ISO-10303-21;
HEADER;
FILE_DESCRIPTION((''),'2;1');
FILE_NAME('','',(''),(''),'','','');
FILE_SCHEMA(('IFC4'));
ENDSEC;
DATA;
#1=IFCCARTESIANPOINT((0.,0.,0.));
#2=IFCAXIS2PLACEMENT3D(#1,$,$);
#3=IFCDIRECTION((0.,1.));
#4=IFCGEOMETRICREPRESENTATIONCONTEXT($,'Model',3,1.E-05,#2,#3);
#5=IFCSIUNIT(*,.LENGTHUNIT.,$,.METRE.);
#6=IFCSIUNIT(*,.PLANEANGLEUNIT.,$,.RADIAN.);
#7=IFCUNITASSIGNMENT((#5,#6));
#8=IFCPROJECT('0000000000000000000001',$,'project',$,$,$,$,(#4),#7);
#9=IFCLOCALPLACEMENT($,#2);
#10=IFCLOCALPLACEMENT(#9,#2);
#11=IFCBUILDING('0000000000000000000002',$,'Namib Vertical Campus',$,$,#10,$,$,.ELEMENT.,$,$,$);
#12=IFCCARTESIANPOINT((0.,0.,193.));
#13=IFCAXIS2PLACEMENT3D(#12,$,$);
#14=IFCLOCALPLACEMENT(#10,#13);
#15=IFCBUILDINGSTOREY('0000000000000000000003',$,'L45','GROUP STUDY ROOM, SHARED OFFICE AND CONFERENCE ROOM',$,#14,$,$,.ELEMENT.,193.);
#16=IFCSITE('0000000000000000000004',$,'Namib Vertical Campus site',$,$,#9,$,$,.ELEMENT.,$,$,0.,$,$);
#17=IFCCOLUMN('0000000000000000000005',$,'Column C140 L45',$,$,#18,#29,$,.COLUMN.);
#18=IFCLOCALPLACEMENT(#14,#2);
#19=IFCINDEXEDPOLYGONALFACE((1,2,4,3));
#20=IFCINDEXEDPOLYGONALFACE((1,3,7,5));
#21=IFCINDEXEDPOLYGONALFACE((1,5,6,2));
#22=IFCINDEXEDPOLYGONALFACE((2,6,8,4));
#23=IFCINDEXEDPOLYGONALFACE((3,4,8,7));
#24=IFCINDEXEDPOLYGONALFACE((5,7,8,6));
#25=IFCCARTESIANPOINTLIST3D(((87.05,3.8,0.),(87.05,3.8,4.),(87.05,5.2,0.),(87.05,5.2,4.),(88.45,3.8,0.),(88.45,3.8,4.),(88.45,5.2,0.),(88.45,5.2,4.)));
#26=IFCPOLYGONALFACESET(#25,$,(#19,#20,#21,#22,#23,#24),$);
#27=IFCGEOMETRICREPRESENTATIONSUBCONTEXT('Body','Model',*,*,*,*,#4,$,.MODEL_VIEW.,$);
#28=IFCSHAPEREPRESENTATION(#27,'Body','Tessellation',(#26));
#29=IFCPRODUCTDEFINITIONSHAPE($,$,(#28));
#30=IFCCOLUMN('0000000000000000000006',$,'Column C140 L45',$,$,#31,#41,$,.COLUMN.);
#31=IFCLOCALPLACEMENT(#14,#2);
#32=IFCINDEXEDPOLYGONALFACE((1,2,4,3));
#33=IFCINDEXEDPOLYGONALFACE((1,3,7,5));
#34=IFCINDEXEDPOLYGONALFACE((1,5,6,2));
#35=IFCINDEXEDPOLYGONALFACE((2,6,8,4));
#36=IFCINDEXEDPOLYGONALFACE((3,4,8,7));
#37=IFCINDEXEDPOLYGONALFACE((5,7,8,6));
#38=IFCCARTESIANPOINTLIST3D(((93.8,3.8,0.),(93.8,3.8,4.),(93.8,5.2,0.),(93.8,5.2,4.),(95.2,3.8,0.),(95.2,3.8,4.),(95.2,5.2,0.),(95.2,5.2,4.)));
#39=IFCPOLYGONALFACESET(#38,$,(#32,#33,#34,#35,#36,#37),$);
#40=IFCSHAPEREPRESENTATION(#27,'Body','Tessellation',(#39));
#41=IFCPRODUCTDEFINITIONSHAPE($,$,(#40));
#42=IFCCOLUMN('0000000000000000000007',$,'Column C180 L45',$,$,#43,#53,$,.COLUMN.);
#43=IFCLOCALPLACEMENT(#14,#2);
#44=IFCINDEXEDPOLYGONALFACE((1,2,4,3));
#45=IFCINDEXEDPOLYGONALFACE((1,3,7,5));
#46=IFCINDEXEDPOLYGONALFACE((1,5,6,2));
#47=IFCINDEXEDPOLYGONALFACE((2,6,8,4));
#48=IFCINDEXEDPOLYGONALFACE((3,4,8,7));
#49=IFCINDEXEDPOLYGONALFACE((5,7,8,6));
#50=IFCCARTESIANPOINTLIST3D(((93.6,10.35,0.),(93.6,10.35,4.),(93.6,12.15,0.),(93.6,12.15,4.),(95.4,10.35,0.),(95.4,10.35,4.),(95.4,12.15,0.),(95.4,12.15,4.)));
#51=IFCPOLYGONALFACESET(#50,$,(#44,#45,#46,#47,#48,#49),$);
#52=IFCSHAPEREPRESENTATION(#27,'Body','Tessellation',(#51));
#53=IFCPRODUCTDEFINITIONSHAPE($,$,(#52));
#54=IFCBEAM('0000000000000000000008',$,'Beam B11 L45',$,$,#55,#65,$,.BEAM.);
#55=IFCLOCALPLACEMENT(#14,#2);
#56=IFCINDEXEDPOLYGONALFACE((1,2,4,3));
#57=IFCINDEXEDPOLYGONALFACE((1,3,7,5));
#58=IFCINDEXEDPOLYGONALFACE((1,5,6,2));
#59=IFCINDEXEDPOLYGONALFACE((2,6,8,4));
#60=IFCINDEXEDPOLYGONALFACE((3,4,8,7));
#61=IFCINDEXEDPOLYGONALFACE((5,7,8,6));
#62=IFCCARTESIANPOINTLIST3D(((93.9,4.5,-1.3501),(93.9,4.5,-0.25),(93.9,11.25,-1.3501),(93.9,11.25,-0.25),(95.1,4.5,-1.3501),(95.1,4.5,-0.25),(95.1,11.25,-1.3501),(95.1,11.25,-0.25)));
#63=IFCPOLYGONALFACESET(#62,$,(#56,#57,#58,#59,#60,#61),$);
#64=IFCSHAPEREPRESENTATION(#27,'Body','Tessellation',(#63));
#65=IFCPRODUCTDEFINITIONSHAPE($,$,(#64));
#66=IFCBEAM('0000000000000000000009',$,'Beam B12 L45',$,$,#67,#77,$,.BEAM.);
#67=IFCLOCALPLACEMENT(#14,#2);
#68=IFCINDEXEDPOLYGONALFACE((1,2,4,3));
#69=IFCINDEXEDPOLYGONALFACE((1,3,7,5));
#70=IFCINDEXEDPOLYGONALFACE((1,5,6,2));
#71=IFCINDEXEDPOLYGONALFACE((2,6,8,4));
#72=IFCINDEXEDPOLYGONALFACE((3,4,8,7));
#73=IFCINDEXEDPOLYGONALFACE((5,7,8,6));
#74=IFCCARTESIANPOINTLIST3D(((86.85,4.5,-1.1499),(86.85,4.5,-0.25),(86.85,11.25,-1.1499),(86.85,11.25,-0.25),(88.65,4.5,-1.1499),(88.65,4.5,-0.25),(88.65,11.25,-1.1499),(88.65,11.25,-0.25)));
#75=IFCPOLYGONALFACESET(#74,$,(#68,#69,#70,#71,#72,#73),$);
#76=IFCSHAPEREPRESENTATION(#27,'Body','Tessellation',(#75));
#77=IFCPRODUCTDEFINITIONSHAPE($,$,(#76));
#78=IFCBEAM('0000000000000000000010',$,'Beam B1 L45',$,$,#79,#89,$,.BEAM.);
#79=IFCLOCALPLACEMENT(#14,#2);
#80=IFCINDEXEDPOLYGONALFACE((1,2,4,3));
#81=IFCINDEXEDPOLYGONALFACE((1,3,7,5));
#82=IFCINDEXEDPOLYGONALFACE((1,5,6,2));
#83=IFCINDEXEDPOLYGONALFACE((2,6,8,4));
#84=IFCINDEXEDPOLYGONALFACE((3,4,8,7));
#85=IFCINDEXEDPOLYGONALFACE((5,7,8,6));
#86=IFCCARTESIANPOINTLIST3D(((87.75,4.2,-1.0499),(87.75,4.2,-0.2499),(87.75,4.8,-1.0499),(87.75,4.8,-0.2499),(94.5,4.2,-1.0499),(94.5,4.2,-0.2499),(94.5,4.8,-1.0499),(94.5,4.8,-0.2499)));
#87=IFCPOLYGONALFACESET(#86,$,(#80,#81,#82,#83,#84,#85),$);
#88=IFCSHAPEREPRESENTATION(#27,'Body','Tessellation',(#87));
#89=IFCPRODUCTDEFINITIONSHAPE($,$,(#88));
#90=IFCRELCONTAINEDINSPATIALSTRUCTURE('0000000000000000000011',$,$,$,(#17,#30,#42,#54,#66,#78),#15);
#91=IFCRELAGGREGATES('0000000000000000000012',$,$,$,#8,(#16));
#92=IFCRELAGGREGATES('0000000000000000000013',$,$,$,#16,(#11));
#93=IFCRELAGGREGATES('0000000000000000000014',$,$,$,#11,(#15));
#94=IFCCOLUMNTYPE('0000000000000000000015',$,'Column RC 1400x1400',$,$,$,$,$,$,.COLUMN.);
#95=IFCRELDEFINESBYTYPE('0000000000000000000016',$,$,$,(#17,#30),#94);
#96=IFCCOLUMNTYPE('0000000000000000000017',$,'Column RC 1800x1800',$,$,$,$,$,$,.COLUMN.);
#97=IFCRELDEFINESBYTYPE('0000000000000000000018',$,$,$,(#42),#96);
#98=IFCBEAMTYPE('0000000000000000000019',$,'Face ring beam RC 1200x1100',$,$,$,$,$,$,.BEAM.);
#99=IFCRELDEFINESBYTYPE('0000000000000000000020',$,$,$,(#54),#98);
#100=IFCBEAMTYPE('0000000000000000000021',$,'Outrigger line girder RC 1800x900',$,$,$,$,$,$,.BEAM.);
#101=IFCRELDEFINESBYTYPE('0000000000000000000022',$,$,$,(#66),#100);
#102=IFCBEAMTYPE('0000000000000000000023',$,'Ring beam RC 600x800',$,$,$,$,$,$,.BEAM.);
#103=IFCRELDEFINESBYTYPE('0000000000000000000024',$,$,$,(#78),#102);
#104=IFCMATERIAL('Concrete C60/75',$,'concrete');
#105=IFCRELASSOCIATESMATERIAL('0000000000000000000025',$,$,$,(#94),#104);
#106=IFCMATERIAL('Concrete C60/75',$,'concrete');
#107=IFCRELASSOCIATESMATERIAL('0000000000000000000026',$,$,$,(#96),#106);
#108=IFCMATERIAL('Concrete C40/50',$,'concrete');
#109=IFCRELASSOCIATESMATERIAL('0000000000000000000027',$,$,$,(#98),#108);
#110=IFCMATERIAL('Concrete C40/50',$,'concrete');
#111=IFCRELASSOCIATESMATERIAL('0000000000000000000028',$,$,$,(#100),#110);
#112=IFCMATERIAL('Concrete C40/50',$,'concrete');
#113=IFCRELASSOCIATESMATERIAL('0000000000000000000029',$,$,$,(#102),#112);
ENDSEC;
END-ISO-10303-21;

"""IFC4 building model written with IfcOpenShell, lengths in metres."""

from ifc_helpers import new_model, si_unit, direction, frame, origin, origin_2d, place, context, subcontext, project, spatial, rectangle, extrude, material, material_profile, profile_set, type_object, element, save


model = new_model("IFC4")

# Units and contexts
model_context = context("Model", 3, precision=1e-05, world=origin(), true_north=direction((0.0, 1.0)))
body_context = subcontext(model_context, "Body", "Model", "MODEL_VIEW")
ifc_project = project(units=[si_unit("LENGTHUNIT", "METRE"), si_unit("PLANEANGLEUNIT", "RADIAN")], contexts=[model_context])

# Site, building, storey
site_placement = place(None, origin())
site = spatial("IfcSite", under=ifc_project, at=site_placement, Name="Namib Vertical Campus site", CompositionType="ELEMENT", RefElevation=0.0)
building_placement = place(site_placement, origin())
building = spatial("IfcBuilding", under=site, at=building_placement, Name="Namib Vertical Campus", CompositionType="ELEMENT")
storey_placement = place(building_placement, frame((0.0, 0.0, 193.0)))
storey = spatial("IfcBuildingStorey", under=building, at=storey_placement, Name="L45", Description="GROUP STUDY ROOM, SHARED OFFICE AND CONFERENCE ROOM", CompositionType="ELEMENT", Elevation=193.0)

# Columns
ifc_material_1 = material(Name="Concrete C60/75", Category="concrete")
ifc_material_profile_1 = material_profile(ifc_material_1, rectangle(XDim=1.3999, YDim=1.3999, at=origin_2d()))
ifc_profile_set_1 = profile_set([ifc_material_profile_1], Name="Concrete C60/75")
column_type_1 = type_object("IfcColumnType", Name="Column RC 1400x1400", PredefinedType="COLUMN", material=ifc_profile_set_1)
for number, where, z_axis, x_axis, name in (
    (1, (87.75, 4.5, 0.0), (0.0, 0.0, 1.0), (1.0, 0.0, 0.0), "Column C140 L45"),
    (2, (94.5, 4.5, 0.0), (0.0, 0.0, 1.0), (1.0, 0.0, 0.0), "Column C140 L45"),
):
    element("IfcColumn", number, at=place(storey_placement, frame(where, z_axis=z_axis, x_axis=x_axis)), inside=storey, type_object=column_type_1, Name=name, PredefinedType="COLUMN", context=body_context, shape_type="SweptSolid", body=[
        extrude(rectangle(XDim=1.3999, YDim=1.3999, at=origin_2d()), origin(), (0.0, 0.0, 1.0), 4.0),
    ])
ifc_material_2 = material(Name="Concrete C60/75", Category="concrete")
ifc_material_profile_2 = material_profile(ifc_material_2, rectangle(XDim=1.8, YDim=1.8, at=origin_2d()))
ifc_profile_set_2 = profile_set([ifc_material_profile_2], Name="Concrete C60/75")
column_type_2 = type_object("IfcColumnType", Name="Column RC 1800x1800", PredefinedType="COLUMN", material=ifc_profile_set_2)
column_placement = place(storey_placement, frame((94.5, 11.25, 0.0), z_axis=(0.0, 0.0, 1.0), x_axis=(1.0, 0.0, 0.0)))
element("IfcColumn", 3, at=column_placement, inside=storey, type_object=column_type_2, Name="Column C180 L45", PredefinedType="COLUMN", context=body_context, shape_type="SweptSolid", body=[
    extrude(rectangle(XDim=1.8, YDim=1.8, at=origin_2d()), origin(), (0.0, 0.0, 1.0), 4.0),
])

# Beams
ifc_material_3 = material(Name="Concrete C40/50", Category="concrete")
ifc_material_profile_3 = material_profile(ifc_material_3, rectangle(XDim=1.2, YDim=1.1001, at=origin_2d()))
ifc_profile_set_3 = profile_set([ifc_material_profile_3], Name="Concrete C40/50")
beam_type_1 = type_object("IfcBeamType", Name="Face ring beam RC 1200x1100", PredefinedType="BEAM", material=ifc_profile_set_3)
beam_1_placement = place(storey_placement, frame((94.5, 4.5, -0.8), z_axis=(0.0, 1.0, 0.0), x_axis=(-1.0, 0.0, 0.0)))
element("IfcBeam", 4, at=beam_1_placement, inside=storey, type_object=beam_type_1, Name="Beam B11 L45", PredefinedType="BEAM", context=body_context, shape_type="SweptSolid", body=[
    extrude(rectangle(XDim=1.2, YDim=1.1001, at=origin_2d()), origin(), (0.0, 0.0, 1.0), 6.75),
])
ifc_material_4 = material(Name="Concrete C40/50", Category="concrete")
ifc_material_profile_4 = material_profile(ifc_material_4, rectangle(XDim=1.8, YDim=0.8999, at=origin_2d()))
ifc_profile_set_4 = profile_set([ifc_material_profile_4], Name="Concrete C40/50")
beam_type_2 = type_object("IfcBeamType", Name="Outrigger line girder RC 1800x900", PredefinedType="BEAM", material=ifc_profile_set_4)
beam_2_placement = place(storey_placement, frame((87.75, 4.5, -0.7), z_axis=(0.0, 1.0, 0.0), x_axis=(-1.0, 0.0, 0.0)))
element("IfcBeam", 5, at=beam_2_placement, inside=storey, type_object=beam_type_2, Name="Beam B12 L45", PredefinedType="BEAM", context=body_context, shape_type="SweptSolid", body=[
    extrude(rectangle(XDim=1.8, YDim=0.8999, at=origin_2d()), origin(), (0.0, 0.0, 1.0), 6.75),
])
ifc_material_5 = material(Name="Concrete C40/50", Category="concrete")
ifc_material_profile_5 = material_profile(ifc_material_5, rectangle(XDim=0.6001, YDim=0.8, at=origin_2d()))
ifc_profile_set_5 = profile_set([ifc_material_profile_5], Name="Concrete C40/50")
beam_type_3 = type_object("IfcBeamType", Name="Ring beam RC 600x800", PredefinedType="BEAM", material=ifc_profile_set_5)
beam_3_placement = place(storey_placement, frame((87.75, 4.5, -0.6499), z_axis=(1.0, 0.0, 0.0), x_axis=(0.0, 1.0, 0.0)))
element("IfcBeam", 6, at=beam_3_placement, inside=storey, type_object=beam_type_3, Name="Beam B1 L45", PredefinedType="BEAM", context=body_context, shape_type="SweptSolid", body=[
    extrude(rectangle(XDim=0.6001, YDim=0.8, at=origin_2d()), origin(), (0.0, 0.0, 1.0), 6.75),
])

save(model, "model.ifc")
